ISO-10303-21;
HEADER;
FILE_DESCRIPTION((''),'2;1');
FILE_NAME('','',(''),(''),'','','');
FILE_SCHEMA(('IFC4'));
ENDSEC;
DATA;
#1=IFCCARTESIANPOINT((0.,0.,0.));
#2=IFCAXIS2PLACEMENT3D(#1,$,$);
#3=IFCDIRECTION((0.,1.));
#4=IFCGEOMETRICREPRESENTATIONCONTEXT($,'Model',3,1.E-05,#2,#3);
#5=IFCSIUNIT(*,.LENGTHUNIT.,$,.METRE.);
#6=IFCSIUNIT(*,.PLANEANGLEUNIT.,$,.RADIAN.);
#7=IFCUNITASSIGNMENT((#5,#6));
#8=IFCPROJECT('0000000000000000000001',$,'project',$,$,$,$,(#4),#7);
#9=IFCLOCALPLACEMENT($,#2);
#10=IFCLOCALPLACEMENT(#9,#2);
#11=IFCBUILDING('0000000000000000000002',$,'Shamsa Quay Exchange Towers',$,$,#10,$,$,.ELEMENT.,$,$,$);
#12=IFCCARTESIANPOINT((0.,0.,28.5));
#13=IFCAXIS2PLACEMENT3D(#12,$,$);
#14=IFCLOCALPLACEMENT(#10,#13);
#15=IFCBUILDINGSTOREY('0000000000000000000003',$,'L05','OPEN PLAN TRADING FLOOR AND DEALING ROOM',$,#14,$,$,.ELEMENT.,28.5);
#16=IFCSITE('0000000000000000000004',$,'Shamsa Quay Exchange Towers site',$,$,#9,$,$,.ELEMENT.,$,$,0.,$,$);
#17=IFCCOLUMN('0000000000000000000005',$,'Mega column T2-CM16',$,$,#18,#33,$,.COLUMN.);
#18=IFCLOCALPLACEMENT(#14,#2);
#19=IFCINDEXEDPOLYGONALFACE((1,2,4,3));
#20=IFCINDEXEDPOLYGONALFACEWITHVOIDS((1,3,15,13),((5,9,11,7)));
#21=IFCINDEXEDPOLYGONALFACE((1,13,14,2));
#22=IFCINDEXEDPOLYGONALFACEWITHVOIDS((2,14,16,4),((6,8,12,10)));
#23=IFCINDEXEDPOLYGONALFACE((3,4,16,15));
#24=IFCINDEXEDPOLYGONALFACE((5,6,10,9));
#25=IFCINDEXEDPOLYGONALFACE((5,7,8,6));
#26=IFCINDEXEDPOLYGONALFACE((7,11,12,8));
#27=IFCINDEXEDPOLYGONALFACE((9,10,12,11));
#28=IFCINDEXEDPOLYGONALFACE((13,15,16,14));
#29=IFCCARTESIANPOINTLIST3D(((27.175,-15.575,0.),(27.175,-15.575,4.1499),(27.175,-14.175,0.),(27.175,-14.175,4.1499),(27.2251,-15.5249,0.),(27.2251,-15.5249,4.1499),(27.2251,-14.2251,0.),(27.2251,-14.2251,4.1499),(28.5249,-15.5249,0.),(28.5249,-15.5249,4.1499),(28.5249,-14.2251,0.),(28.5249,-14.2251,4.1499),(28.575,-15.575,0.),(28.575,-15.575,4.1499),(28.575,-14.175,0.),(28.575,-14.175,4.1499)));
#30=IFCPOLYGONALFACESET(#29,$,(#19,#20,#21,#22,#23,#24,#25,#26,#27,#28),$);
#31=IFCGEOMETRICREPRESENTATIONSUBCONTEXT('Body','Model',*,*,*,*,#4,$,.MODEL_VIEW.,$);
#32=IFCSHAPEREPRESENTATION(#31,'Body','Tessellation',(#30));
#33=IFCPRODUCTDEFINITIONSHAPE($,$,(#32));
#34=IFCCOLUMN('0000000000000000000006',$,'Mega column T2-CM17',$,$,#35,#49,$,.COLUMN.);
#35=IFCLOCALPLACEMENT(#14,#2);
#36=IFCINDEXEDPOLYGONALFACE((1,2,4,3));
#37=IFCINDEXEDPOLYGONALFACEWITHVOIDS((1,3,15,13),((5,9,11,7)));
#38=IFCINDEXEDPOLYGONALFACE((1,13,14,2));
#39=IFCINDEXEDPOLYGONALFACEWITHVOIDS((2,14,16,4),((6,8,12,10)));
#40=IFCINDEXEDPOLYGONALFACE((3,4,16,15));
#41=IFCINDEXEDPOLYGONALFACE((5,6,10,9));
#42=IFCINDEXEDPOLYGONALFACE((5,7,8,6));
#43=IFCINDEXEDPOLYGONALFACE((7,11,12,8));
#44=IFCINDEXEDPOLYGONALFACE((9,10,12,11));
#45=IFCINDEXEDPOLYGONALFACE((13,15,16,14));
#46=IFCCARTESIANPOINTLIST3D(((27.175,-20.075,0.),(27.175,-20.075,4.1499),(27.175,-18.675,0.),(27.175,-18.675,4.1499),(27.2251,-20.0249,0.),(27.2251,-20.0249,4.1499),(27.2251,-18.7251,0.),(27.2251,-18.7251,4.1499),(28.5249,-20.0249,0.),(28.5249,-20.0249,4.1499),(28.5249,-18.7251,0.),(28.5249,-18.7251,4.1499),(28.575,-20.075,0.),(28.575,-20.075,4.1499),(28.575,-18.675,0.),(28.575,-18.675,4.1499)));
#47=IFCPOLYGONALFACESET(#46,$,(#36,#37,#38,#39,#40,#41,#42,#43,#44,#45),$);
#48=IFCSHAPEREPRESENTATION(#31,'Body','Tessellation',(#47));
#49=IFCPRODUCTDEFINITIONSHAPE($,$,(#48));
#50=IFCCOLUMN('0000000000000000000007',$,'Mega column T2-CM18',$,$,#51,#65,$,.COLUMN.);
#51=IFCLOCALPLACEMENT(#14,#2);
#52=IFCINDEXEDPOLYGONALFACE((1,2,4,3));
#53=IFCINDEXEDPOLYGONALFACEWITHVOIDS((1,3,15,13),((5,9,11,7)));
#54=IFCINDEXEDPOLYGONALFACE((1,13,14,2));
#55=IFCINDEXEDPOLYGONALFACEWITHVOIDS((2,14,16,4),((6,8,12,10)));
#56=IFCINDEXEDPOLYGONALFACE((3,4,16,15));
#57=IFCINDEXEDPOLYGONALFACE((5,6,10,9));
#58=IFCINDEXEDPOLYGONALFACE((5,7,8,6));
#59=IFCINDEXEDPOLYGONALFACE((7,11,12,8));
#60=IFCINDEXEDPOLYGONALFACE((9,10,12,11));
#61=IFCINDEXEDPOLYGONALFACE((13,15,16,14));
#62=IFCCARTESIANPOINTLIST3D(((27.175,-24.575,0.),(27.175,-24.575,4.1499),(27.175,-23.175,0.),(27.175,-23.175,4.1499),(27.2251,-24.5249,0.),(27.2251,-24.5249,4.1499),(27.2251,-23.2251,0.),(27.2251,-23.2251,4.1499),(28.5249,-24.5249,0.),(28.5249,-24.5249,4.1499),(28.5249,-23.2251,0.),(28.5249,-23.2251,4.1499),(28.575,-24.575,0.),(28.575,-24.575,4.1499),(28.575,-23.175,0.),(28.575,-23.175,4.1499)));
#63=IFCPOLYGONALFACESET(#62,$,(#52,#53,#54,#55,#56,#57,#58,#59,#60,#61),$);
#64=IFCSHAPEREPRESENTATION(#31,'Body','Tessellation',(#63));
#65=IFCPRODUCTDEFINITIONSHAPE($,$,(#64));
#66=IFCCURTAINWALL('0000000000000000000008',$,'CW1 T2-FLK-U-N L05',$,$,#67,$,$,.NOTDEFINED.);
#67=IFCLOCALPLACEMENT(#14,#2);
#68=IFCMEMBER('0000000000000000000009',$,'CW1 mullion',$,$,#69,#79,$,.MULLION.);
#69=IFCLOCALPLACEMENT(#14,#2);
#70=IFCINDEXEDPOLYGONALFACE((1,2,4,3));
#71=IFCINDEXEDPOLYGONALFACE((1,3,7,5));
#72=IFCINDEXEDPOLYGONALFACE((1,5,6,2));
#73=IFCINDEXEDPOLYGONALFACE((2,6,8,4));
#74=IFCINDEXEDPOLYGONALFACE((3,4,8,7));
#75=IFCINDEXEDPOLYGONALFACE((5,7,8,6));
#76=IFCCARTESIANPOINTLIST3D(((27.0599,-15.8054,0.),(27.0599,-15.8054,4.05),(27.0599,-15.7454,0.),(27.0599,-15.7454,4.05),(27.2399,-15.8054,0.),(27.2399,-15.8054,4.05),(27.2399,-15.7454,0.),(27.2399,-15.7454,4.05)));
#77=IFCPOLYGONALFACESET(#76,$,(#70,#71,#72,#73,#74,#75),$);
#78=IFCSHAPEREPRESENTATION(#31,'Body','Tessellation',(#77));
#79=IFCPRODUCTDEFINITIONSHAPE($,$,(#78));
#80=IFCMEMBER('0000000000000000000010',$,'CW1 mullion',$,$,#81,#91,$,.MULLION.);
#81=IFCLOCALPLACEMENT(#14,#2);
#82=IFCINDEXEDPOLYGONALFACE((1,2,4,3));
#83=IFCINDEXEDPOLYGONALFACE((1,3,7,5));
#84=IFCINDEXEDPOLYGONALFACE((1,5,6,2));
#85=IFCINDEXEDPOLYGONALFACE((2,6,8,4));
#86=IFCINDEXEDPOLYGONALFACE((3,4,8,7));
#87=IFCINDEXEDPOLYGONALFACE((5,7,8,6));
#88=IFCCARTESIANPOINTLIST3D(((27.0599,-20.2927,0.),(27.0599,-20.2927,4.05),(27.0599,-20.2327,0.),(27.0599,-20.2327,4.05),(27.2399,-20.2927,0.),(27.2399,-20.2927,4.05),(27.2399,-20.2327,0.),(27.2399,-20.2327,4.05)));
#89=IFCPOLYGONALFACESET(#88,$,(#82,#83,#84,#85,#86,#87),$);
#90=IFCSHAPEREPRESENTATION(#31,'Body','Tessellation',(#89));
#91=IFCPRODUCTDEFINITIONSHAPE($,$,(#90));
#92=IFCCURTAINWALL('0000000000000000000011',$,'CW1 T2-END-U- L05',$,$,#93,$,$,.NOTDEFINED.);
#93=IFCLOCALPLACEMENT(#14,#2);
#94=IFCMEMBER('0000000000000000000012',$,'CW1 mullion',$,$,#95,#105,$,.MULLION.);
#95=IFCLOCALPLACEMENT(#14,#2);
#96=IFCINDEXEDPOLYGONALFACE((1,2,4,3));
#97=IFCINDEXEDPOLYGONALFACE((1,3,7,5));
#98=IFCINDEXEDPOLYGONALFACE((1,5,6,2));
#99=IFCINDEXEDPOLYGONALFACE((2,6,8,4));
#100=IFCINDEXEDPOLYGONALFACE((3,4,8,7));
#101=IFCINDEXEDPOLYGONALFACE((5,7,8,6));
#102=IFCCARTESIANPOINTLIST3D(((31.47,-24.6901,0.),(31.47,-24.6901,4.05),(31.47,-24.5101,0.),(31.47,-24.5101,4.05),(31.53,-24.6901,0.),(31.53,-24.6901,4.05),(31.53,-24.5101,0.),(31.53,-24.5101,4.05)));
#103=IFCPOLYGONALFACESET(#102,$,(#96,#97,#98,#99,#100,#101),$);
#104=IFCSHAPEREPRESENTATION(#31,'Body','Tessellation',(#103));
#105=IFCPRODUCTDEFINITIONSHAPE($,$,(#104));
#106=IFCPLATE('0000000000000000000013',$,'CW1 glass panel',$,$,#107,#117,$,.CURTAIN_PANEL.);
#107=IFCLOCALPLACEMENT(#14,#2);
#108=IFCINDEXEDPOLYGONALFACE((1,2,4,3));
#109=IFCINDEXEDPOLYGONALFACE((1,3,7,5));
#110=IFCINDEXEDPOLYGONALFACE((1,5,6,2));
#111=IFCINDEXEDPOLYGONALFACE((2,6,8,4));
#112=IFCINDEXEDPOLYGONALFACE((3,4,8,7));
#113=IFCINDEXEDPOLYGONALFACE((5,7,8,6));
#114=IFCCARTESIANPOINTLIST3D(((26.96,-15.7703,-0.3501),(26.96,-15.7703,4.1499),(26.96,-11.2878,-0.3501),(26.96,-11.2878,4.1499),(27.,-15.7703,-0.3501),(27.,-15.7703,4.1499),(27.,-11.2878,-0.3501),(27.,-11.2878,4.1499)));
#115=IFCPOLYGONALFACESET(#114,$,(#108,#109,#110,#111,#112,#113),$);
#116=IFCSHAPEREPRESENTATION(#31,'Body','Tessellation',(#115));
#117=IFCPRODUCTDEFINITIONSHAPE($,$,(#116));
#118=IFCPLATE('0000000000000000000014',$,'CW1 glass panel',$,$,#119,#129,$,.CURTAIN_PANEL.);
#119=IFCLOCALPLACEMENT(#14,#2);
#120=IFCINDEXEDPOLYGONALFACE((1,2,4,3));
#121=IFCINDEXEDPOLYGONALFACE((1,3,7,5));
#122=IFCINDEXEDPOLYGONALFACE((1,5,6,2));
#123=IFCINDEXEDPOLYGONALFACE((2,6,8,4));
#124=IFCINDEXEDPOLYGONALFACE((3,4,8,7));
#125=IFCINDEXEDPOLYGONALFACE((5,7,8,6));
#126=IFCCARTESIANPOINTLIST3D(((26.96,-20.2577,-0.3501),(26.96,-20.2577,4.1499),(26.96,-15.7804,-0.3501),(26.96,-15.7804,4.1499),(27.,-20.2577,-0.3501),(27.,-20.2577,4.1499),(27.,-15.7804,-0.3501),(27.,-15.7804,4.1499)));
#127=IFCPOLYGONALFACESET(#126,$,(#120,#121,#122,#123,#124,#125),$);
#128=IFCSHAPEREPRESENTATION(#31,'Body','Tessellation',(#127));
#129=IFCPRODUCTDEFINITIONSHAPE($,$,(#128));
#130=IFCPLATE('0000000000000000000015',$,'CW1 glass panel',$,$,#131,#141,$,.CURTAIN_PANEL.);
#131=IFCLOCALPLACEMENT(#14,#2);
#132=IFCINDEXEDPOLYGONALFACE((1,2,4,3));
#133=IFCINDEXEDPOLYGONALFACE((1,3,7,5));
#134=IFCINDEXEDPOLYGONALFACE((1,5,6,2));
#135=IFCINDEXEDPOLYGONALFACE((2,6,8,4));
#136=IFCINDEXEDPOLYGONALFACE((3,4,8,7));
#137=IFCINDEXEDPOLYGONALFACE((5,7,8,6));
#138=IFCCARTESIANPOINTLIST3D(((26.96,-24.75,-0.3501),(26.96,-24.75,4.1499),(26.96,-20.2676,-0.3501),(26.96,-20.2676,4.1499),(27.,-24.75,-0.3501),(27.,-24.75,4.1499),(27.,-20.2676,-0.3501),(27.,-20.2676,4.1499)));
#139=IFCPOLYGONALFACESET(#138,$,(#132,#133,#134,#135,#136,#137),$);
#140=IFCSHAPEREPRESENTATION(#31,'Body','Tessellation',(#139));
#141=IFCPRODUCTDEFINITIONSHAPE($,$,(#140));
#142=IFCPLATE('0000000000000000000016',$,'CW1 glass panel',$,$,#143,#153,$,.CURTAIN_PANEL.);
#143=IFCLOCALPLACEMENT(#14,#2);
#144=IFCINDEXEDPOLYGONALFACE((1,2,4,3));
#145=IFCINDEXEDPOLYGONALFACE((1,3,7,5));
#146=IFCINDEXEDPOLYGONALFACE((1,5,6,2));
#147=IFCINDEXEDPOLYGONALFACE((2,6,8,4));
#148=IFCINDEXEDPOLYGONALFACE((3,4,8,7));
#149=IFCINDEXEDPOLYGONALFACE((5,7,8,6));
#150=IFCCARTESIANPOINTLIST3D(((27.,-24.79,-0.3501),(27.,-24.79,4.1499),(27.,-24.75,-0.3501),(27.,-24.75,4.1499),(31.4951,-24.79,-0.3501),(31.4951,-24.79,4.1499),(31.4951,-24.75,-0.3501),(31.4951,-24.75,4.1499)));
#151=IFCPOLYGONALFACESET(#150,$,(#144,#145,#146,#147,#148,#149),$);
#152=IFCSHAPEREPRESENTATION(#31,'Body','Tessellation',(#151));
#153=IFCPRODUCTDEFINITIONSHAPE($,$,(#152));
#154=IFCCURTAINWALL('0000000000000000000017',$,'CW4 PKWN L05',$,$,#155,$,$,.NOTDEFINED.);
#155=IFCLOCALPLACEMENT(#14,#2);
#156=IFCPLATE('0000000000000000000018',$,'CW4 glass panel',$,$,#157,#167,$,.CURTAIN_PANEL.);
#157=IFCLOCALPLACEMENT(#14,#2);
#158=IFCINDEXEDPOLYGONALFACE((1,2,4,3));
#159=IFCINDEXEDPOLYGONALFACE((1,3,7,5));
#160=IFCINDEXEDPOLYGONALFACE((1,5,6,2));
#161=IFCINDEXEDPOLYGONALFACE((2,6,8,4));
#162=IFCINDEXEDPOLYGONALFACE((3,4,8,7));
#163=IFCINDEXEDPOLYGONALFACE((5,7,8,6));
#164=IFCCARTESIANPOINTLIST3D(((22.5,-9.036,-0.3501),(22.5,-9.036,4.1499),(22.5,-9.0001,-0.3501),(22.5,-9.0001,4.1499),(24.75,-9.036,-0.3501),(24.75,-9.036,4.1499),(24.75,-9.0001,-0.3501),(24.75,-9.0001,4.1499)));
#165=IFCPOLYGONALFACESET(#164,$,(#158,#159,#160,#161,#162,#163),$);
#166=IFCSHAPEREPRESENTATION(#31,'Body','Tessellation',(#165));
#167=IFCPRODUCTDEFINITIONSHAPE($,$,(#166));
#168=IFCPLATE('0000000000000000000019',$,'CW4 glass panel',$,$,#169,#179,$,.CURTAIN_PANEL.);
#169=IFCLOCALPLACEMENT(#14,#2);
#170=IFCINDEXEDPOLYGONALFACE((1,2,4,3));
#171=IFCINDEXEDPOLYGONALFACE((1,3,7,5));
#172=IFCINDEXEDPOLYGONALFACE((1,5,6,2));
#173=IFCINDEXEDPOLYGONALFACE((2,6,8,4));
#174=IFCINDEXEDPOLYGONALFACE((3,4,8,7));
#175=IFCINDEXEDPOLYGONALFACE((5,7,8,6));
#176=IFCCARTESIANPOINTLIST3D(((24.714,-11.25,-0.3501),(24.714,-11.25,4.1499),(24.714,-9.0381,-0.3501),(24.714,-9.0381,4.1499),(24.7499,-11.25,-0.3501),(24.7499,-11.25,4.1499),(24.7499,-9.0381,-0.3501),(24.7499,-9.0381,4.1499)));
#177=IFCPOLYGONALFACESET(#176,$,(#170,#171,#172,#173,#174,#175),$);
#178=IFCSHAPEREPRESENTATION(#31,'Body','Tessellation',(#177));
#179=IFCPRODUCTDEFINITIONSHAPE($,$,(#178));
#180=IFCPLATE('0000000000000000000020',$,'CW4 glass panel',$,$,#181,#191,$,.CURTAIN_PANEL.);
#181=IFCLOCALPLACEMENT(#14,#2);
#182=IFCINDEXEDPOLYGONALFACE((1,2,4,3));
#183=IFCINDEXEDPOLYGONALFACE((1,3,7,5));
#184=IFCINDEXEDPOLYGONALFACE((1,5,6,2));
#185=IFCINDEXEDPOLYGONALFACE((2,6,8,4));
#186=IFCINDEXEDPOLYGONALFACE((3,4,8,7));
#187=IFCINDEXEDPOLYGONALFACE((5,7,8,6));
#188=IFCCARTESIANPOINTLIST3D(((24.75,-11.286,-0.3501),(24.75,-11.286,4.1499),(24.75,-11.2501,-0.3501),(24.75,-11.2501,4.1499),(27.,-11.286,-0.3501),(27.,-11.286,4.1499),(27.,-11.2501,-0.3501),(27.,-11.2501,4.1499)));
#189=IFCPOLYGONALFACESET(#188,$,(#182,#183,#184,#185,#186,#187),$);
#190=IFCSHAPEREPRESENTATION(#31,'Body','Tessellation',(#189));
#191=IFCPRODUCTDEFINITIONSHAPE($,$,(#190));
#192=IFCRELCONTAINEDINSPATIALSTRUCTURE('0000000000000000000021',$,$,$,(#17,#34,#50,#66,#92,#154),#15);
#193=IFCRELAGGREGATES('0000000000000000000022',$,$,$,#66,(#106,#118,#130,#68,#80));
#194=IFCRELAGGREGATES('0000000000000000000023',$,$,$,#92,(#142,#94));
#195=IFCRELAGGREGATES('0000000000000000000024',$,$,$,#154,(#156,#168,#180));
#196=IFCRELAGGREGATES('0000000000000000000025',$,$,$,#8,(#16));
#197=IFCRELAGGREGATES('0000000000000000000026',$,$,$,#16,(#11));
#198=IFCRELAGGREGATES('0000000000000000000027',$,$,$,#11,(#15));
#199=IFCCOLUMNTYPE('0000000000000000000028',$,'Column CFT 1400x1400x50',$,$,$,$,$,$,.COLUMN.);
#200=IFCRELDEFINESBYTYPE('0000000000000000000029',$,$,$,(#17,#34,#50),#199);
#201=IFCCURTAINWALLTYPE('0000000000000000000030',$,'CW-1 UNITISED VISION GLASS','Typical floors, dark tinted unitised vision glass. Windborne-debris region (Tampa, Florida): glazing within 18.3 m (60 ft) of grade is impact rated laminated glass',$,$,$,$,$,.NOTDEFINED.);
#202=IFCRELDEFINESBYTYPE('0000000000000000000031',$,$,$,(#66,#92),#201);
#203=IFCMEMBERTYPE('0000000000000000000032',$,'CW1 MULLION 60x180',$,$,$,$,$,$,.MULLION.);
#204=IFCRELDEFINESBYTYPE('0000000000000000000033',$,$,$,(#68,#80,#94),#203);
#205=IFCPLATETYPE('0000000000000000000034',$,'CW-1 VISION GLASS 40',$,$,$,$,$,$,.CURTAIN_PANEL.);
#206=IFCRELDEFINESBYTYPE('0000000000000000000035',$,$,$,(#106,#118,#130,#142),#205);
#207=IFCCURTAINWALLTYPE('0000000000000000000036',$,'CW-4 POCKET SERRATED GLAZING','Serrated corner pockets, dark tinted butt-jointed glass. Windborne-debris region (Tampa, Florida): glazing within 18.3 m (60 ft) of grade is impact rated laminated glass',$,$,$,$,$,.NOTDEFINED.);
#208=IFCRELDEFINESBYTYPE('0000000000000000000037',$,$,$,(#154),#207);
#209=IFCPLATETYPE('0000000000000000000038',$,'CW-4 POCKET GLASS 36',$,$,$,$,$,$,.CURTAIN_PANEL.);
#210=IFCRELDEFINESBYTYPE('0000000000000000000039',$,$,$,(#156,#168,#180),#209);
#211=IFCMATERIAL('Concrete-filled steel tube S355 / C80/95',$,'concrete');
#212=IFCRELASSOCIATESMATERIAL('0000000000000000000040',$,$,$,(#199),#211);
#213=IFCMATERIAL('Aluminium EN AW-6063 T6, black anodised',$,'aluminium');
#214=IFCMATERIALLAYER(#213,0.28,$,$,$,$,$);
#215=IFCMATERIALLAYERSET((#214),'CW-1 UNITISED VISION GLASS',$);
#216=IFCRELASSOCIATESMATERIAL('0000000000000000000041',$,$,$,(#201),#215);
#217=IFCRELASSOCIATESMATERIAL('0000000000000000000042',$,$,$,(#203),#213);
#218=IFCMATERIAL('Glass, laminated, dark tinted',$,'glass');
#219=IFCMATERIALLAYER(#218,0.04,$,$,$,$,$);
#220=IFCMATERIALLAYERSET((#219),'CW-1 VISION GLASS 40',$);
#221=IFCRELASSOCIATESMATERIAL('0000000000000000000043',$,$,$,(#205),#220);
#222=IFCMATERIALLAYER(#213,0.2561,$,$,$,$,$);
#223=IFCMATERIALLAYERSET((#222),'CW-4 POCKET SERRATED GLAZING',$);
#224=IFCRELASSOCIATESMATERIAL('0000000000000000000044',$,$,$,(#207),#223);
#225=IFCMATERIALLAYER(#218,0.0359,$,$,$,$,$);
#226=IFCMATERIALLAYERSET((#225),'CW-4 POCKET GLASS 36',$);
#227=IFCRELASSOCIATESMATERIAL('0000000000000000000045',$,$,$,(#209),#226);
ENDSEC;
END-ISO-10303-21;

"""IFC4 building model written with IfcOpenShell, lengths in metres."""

from ifc_helpers import new_model, si_unit, direction, frame, origin, origin_2d, place, context, subcontext, project, spatial, rectangle, hollow_rectangle, extrude, material, layer, layer_set, material_profile, profile_set, type_object, element, aggregate, save


model = new_model("IFC4")

# Units and contexts
model_context = context("Model", 3, precision=1e-05, world=origin(), true_north=direction((0.0, 1.0)))
body_context = subcontext(model_context, "Body", "Model", "MODEL_VIEW")
ifc_project = project(units=[si_unit("LENGTHUNIT", "METRE"), si_unit("PLANEANGLEUNIT", "RADIAN")], contexts=[model_context])

# Site, building, storey
site_placement = place(None, origin())
site = spatial("IfcSite", under=ifc_project, at=site_placement, Name="Shamsa Quay Exchange Towers site", CompositionType="ELEMENT", RefElevation=0.0)
building_placement = place(site_placement, origin())
building = spatial("IfcBuilding", under=site, at=building_placement, Name="Shamsa Quay Exchange Towers", CompositionType="ELEMENT")
storey_placement = place(building_placement, frame((0.0, 0.0, 28.5)))
storey = spatial("IfcBuildingStorey", under=building, at=storey_placement, Name="L05", Description="OPEN PLAN TRADING FLOOR AND DEALING ROOM", CompositionType="ELEMENT", Elevation=28.5)

# Columns
ifc_material_1 = material(Name="Concrete-filled steel tube S355 / C80/95", Category="concrete")
ifc_material_profile_1 = material_profile(ifc_material_1, hollow_rectangle(XDim=1.3999, YDim=1.3999, WallThickness=0.05, at=origin_2d()), Name="CFT 1400x1400x50")
ifc_profile_set_1 = profile_set([ifc_material_profile_1], Name="Concrete-filled steel tube S355 / C80/95")
column_type = type_object("IfcColumnType", Name="Column CFT 1400x1400x50", PredefinedType="COLUMN", material=ifc_profile_set_1)
for number, where, name in (
    (1, (27.875, -14.875, 0.0), "Mega column T2-CM16"),
    (2, (27.875, -19.375, 0.0), "Mega column T2-CM17"),
    (3, (27.875, -23.875, 0.0), "Mega column T2-CM18"),
):
    element("IfcColumn", number, at=place(storey_placement, frame(where)), inside=storey, type_object=column_type, Name=name, PredefinedType="COLUMN", context=body_context, shape_type="SweptSolid", body=[
        extrude(hollow_rectangle(XDim=1.3999, YDim=1.3999, WallThickness=0.05, at=origin_2d()), origin(), (0.0, 0.0, 1.0), 4.1499),
    ])

# Curtain wall, members
ifc_material_2 = material(Name="Aluminium EN AW-6063 T6, black anodised", Category="aluminium")
ifc_layer_1 = layer(ifc_material_2, 0.28)
ifc_layer_set_1 = layer_set([ifc_layer_1], Name="CW-1 UNITISED VISION GLASS")
curtain_wall_type_1 = type_object("IfcCurtainWallType", Name="CW-1 UNITISED VISION GLASS", Description="Typical floors, dark tinted unitised vision glass. Windborne-debris region (Tampa, Florida): glazing within 18.3 m (60 ft) of grade is impact rated laminated glass", PredefinedType="NOTDEFINED", material=ifc_layer_set_1)
curtain_wall_1_placement = place(storey_placement, origin())
curtain_wall_1 = element("IfcCurtainWall", 4, at=curtain_wall_1_placement, inside=storey, type_object=curtain_wall_type_1, Name="CW1 T2-FLK-U-N L05", PredefinedType="NOTDEFINED")
ifc_material_profile_2 = material_profile(ifc_material_2, rectangle(XDim=0.1799, YDim=0.0601, at=origin_2d()), Name="MU60x180")
ifc_profile_set_2 = profile_set([ifc_material_profile_2], Name="Aluminium EN AW-6063 T6, black anodised")
member_type = type_object("IfcMemberType", Name="CW1 MULLION 60x180", PredefinedType="MULLION", material=ifc_profile_set_2)
member_1_placement = place(storey_placement, frame((27.1499, -15.7754, 0.0)))
member_1 = element("IfcMember", 5, at=member_1_placement, type_object=member_type, Name="CW1 mullion", PredefinedType="MULLION", context=body_context, shape_type="SweptSolid", body=[
    extrude(rectangle(XDim=0.1799, YDim=0.0601, at=origin_2d()), origin(), (0.0, 0.0, 1.0), 4.05),
])
member_2_placement = place(storey_placement, frame((27.1499, -20.2627, 0.0)))
member_2 = element("IfcMember", 6, at=member_2_placement, type_object=member_type, Name="CW1 mullion", PredefinedType="MULLION", context=body_context, shape_type="SweptSolid", body=[
    extrude(rectangle(XDim=0.1799, YDim=0.0601, at=origin_2d()), origin(), (0.0, 0.0, 1.0), 4.05),
])

# Curtain wall, member
curtain_wall_2_placement = place(storey_placement, origin())
curtain_wall_2 = element("IfcCurtainWall", 7, at=curtain_wall_2_placement, inside=storey, type_object=curtain_wall_type_1, Name="CW1 T2-END-U- L05", PredefinedType="NOTDEFINED")
member_3_placement = place(storey_placement, frame((31.5, -24.6001, 0.0), z_axis=(0.0, 0.0, 1.0), x_axis=(0.0, 1.0, 0.0)))
member_3 = element("IfcMember", 8, at=member_3_placement, type_object=member_type, Name="CW1 mullion", PredefinedType="MULLION", context=body_context, shape_type="SweptSolid", body=[
    extrude(rectangle(XDim=0.1799, YDim=0.0601, at=origin_2d()), origin(), (0.0, 0.0, 1.0), 4.05),
])

# Plates
ifc_material_3 = material(Name="Glass, laminated, dark tinted", Category="glass")
ifc_layer_2 = layer(ifc_material_3, 0.04)
ifc_layer_set_2 = layer_set([ifc_layer_2], Name="CW-1 VISION GLASS 40")
plate_type_1 = type_object("IfcPlateType", Name="CW-1 VISION GLASS 40", PredefinedType="CURTAIN_PANEL", material=ifc_layer_set_2)
plate_1_placement = place(storey_placement, frame((26.98, -13.5291, -0.3501), z_axis=(0.0, 0.0, 1.0), x_axis=(0.0, -1.0, 0.0)))
plate_1 = element("IfcPlate", 9, at=plate_1_placement, type_object=plate_type_1, Name="CW1 glass panel", PredefinedType="CURTAIN_PANEL", context=body_context, shape_type="SweptSolid", body=[
    extrude(rectangle(XDim=4.4824, YDim=0.04, at=origin_2d()), origin(), (0.0, 0.0, 1.0), 4.5),
])
plate_2_placement = place(storey_placement, frame((26.98, -18.019, -0.3501), z_axis=(0.0, 0.0, 1.0), x_axis=(0.0, -1.0, 0.0)))
plate_2 = element("IfcPlate", 10, at=plate_2_placement, type_object=plate_type_1, Name="CW1 glass panel", PredefinedType="CURTAIN_PANEL", context=body_context, shape_type="SweptSolid", body=[
    extrude(rectangle(XDim=4.4773, YDim=0.04, at=origin_2d()), origin(), (0.0, 0.0, 1.0), 4.5),
])
plate_3_placement = place(storey_placement, frame((26.98, -22.5088, -0.3501), z_axis=(0.0, 0.0, 1.0), x_axis=(0.0, -1.0, 0.0)))
plate_3 = element("IfcPlate", 11, at=plate_3_placement, type_object=plate_type_1, Name="CW1 glass panel", PredefinedType="CURTAIN_PANEL", context=body_context, shape_type="SweptSolid", body=[
    extrude(rectangle(XDim=4.4824, YDim=0.04, at=origin_2d()), origin(), (0.0, 0.0, 1.0), 4.5),
])
aggregate(curtain_wall_1, [plate_1, plate_2, plate_3, member_1, member_2])
plate_4_placement = place(storey_placement, frame((29.2476, -24.77, -0.3501)))
plate_4 = element("IfcPlate", 12, at=plate_4_placement, type_object=plate_type_1, Name="CW1 glass panel", PredefinedType="CURTAIN_PANEL", context=body_context, shape_type="SweptSolid", body=[
    extrude(rectangle(XDim=4.4951, YDim=0.04, at=origin_2d()), origin(), (0.0, 0.0, 1.0), 4.5),
])
aggregate(curtain_wall_2, [plate_4, member_3])

# Curtain wall, plates
ifc_layer_3 = layer(ifc_material_2, 0.2561)
ifc_layer_set_3 = layer_set([ifc_layer_3], Name="CW-4 POCKET SERRATED GLAZING")
curtain_wall_type_2 = type_object("IfcCurtainWallType", Name="CW-4 POCKET SERRATED GLAZING", Description="Serrated corner pockets, dark tinted butt-jointed glass. Windborne-debris region (Tampa, Florida): glazing within 18.3 m (60 ft) of grade is impact rated laminated glass", PredefinedType="NOTDEFINED", material=ifc_layer_set_3)
curtain_wall_3_placement = place(storey_placement, origin())
curtain_wall_3 = element("IfcCurtainWall", 13, at=curtain_wall_3_placement, inside=storey, type_object=curtain_wall_type_2, Name="CW4 PKWN L05", PredefinedType="NOTDEFINED")
ifc_layer_4 = layer(ifc_material_3, 0.0359)
ifc_layer_set_4 = layer_set([ifc_layer_4], Name="CW-4 POCKET GLASS 36")
plate_type_2 = type_object("IfcPlateType", Name="CW-4 POCKET GLASS 36", PredefinedType="CURTAIN_PANEL", material=ifc_layer_set_4)
plate_5_placement = place(storey_placement, frame((23.625, -9.0181, -0.3501)))
plate_5 = element("IfcPlate", 14, at=plate_5_placement, type_object=plate_type_2, Name="CW4 glass panel", PredefinedType="CURTAIN_PANEL", context=body_context, shape_type="SweptSolid", body=[
    extrude(rectangle(XDim=2.25, YDim=0.0359, at=origin_2d()), origin(), (0.0, 0.0, 1.0), 4.5),
])
plate_6_placement = place(storey_placement, frame((24.7319, -10.144, -0.3501), z_axis=(0.0, 0.0, 1.0), x_axis=(0.0, -1.0, 0.0)))
plate_6 = element("IfcPlate", 15, at=plate_6_placement, type_object=plate_type_2, Name="CW4 glass panel", PredefinedType="CURTAIN_PANEL", context=body_context, shape_type="SweptSolid", body=[
    extrude(rectangle(XDim=2.2119, YDim=0.0359, at=origin_2d()), origin(), (0.0, 0.0, 1.0), 4.5),
])
plate_7_placement = place(storey_placement, frame((25.875, -11.2681, -0.3501)))
plate_7 = element("IfcPlate", 16, at=plate_7_placement, type_object=plate_type_2, Name="CW4 glass panel", PredefinedType="CURTAIN_PANEL", context=body_context, shape_type="SweptSolid", body=[
    extrude(rectangle(XDim=2.25, YDim=0.0359, at=origin_2d()), origin(), (0.0, 0.0, 1.0), 4.5),
])
aggregate(curtain_wall_3, [plate_5, plate_6, plate_7])

save(model, "model.ifc")
